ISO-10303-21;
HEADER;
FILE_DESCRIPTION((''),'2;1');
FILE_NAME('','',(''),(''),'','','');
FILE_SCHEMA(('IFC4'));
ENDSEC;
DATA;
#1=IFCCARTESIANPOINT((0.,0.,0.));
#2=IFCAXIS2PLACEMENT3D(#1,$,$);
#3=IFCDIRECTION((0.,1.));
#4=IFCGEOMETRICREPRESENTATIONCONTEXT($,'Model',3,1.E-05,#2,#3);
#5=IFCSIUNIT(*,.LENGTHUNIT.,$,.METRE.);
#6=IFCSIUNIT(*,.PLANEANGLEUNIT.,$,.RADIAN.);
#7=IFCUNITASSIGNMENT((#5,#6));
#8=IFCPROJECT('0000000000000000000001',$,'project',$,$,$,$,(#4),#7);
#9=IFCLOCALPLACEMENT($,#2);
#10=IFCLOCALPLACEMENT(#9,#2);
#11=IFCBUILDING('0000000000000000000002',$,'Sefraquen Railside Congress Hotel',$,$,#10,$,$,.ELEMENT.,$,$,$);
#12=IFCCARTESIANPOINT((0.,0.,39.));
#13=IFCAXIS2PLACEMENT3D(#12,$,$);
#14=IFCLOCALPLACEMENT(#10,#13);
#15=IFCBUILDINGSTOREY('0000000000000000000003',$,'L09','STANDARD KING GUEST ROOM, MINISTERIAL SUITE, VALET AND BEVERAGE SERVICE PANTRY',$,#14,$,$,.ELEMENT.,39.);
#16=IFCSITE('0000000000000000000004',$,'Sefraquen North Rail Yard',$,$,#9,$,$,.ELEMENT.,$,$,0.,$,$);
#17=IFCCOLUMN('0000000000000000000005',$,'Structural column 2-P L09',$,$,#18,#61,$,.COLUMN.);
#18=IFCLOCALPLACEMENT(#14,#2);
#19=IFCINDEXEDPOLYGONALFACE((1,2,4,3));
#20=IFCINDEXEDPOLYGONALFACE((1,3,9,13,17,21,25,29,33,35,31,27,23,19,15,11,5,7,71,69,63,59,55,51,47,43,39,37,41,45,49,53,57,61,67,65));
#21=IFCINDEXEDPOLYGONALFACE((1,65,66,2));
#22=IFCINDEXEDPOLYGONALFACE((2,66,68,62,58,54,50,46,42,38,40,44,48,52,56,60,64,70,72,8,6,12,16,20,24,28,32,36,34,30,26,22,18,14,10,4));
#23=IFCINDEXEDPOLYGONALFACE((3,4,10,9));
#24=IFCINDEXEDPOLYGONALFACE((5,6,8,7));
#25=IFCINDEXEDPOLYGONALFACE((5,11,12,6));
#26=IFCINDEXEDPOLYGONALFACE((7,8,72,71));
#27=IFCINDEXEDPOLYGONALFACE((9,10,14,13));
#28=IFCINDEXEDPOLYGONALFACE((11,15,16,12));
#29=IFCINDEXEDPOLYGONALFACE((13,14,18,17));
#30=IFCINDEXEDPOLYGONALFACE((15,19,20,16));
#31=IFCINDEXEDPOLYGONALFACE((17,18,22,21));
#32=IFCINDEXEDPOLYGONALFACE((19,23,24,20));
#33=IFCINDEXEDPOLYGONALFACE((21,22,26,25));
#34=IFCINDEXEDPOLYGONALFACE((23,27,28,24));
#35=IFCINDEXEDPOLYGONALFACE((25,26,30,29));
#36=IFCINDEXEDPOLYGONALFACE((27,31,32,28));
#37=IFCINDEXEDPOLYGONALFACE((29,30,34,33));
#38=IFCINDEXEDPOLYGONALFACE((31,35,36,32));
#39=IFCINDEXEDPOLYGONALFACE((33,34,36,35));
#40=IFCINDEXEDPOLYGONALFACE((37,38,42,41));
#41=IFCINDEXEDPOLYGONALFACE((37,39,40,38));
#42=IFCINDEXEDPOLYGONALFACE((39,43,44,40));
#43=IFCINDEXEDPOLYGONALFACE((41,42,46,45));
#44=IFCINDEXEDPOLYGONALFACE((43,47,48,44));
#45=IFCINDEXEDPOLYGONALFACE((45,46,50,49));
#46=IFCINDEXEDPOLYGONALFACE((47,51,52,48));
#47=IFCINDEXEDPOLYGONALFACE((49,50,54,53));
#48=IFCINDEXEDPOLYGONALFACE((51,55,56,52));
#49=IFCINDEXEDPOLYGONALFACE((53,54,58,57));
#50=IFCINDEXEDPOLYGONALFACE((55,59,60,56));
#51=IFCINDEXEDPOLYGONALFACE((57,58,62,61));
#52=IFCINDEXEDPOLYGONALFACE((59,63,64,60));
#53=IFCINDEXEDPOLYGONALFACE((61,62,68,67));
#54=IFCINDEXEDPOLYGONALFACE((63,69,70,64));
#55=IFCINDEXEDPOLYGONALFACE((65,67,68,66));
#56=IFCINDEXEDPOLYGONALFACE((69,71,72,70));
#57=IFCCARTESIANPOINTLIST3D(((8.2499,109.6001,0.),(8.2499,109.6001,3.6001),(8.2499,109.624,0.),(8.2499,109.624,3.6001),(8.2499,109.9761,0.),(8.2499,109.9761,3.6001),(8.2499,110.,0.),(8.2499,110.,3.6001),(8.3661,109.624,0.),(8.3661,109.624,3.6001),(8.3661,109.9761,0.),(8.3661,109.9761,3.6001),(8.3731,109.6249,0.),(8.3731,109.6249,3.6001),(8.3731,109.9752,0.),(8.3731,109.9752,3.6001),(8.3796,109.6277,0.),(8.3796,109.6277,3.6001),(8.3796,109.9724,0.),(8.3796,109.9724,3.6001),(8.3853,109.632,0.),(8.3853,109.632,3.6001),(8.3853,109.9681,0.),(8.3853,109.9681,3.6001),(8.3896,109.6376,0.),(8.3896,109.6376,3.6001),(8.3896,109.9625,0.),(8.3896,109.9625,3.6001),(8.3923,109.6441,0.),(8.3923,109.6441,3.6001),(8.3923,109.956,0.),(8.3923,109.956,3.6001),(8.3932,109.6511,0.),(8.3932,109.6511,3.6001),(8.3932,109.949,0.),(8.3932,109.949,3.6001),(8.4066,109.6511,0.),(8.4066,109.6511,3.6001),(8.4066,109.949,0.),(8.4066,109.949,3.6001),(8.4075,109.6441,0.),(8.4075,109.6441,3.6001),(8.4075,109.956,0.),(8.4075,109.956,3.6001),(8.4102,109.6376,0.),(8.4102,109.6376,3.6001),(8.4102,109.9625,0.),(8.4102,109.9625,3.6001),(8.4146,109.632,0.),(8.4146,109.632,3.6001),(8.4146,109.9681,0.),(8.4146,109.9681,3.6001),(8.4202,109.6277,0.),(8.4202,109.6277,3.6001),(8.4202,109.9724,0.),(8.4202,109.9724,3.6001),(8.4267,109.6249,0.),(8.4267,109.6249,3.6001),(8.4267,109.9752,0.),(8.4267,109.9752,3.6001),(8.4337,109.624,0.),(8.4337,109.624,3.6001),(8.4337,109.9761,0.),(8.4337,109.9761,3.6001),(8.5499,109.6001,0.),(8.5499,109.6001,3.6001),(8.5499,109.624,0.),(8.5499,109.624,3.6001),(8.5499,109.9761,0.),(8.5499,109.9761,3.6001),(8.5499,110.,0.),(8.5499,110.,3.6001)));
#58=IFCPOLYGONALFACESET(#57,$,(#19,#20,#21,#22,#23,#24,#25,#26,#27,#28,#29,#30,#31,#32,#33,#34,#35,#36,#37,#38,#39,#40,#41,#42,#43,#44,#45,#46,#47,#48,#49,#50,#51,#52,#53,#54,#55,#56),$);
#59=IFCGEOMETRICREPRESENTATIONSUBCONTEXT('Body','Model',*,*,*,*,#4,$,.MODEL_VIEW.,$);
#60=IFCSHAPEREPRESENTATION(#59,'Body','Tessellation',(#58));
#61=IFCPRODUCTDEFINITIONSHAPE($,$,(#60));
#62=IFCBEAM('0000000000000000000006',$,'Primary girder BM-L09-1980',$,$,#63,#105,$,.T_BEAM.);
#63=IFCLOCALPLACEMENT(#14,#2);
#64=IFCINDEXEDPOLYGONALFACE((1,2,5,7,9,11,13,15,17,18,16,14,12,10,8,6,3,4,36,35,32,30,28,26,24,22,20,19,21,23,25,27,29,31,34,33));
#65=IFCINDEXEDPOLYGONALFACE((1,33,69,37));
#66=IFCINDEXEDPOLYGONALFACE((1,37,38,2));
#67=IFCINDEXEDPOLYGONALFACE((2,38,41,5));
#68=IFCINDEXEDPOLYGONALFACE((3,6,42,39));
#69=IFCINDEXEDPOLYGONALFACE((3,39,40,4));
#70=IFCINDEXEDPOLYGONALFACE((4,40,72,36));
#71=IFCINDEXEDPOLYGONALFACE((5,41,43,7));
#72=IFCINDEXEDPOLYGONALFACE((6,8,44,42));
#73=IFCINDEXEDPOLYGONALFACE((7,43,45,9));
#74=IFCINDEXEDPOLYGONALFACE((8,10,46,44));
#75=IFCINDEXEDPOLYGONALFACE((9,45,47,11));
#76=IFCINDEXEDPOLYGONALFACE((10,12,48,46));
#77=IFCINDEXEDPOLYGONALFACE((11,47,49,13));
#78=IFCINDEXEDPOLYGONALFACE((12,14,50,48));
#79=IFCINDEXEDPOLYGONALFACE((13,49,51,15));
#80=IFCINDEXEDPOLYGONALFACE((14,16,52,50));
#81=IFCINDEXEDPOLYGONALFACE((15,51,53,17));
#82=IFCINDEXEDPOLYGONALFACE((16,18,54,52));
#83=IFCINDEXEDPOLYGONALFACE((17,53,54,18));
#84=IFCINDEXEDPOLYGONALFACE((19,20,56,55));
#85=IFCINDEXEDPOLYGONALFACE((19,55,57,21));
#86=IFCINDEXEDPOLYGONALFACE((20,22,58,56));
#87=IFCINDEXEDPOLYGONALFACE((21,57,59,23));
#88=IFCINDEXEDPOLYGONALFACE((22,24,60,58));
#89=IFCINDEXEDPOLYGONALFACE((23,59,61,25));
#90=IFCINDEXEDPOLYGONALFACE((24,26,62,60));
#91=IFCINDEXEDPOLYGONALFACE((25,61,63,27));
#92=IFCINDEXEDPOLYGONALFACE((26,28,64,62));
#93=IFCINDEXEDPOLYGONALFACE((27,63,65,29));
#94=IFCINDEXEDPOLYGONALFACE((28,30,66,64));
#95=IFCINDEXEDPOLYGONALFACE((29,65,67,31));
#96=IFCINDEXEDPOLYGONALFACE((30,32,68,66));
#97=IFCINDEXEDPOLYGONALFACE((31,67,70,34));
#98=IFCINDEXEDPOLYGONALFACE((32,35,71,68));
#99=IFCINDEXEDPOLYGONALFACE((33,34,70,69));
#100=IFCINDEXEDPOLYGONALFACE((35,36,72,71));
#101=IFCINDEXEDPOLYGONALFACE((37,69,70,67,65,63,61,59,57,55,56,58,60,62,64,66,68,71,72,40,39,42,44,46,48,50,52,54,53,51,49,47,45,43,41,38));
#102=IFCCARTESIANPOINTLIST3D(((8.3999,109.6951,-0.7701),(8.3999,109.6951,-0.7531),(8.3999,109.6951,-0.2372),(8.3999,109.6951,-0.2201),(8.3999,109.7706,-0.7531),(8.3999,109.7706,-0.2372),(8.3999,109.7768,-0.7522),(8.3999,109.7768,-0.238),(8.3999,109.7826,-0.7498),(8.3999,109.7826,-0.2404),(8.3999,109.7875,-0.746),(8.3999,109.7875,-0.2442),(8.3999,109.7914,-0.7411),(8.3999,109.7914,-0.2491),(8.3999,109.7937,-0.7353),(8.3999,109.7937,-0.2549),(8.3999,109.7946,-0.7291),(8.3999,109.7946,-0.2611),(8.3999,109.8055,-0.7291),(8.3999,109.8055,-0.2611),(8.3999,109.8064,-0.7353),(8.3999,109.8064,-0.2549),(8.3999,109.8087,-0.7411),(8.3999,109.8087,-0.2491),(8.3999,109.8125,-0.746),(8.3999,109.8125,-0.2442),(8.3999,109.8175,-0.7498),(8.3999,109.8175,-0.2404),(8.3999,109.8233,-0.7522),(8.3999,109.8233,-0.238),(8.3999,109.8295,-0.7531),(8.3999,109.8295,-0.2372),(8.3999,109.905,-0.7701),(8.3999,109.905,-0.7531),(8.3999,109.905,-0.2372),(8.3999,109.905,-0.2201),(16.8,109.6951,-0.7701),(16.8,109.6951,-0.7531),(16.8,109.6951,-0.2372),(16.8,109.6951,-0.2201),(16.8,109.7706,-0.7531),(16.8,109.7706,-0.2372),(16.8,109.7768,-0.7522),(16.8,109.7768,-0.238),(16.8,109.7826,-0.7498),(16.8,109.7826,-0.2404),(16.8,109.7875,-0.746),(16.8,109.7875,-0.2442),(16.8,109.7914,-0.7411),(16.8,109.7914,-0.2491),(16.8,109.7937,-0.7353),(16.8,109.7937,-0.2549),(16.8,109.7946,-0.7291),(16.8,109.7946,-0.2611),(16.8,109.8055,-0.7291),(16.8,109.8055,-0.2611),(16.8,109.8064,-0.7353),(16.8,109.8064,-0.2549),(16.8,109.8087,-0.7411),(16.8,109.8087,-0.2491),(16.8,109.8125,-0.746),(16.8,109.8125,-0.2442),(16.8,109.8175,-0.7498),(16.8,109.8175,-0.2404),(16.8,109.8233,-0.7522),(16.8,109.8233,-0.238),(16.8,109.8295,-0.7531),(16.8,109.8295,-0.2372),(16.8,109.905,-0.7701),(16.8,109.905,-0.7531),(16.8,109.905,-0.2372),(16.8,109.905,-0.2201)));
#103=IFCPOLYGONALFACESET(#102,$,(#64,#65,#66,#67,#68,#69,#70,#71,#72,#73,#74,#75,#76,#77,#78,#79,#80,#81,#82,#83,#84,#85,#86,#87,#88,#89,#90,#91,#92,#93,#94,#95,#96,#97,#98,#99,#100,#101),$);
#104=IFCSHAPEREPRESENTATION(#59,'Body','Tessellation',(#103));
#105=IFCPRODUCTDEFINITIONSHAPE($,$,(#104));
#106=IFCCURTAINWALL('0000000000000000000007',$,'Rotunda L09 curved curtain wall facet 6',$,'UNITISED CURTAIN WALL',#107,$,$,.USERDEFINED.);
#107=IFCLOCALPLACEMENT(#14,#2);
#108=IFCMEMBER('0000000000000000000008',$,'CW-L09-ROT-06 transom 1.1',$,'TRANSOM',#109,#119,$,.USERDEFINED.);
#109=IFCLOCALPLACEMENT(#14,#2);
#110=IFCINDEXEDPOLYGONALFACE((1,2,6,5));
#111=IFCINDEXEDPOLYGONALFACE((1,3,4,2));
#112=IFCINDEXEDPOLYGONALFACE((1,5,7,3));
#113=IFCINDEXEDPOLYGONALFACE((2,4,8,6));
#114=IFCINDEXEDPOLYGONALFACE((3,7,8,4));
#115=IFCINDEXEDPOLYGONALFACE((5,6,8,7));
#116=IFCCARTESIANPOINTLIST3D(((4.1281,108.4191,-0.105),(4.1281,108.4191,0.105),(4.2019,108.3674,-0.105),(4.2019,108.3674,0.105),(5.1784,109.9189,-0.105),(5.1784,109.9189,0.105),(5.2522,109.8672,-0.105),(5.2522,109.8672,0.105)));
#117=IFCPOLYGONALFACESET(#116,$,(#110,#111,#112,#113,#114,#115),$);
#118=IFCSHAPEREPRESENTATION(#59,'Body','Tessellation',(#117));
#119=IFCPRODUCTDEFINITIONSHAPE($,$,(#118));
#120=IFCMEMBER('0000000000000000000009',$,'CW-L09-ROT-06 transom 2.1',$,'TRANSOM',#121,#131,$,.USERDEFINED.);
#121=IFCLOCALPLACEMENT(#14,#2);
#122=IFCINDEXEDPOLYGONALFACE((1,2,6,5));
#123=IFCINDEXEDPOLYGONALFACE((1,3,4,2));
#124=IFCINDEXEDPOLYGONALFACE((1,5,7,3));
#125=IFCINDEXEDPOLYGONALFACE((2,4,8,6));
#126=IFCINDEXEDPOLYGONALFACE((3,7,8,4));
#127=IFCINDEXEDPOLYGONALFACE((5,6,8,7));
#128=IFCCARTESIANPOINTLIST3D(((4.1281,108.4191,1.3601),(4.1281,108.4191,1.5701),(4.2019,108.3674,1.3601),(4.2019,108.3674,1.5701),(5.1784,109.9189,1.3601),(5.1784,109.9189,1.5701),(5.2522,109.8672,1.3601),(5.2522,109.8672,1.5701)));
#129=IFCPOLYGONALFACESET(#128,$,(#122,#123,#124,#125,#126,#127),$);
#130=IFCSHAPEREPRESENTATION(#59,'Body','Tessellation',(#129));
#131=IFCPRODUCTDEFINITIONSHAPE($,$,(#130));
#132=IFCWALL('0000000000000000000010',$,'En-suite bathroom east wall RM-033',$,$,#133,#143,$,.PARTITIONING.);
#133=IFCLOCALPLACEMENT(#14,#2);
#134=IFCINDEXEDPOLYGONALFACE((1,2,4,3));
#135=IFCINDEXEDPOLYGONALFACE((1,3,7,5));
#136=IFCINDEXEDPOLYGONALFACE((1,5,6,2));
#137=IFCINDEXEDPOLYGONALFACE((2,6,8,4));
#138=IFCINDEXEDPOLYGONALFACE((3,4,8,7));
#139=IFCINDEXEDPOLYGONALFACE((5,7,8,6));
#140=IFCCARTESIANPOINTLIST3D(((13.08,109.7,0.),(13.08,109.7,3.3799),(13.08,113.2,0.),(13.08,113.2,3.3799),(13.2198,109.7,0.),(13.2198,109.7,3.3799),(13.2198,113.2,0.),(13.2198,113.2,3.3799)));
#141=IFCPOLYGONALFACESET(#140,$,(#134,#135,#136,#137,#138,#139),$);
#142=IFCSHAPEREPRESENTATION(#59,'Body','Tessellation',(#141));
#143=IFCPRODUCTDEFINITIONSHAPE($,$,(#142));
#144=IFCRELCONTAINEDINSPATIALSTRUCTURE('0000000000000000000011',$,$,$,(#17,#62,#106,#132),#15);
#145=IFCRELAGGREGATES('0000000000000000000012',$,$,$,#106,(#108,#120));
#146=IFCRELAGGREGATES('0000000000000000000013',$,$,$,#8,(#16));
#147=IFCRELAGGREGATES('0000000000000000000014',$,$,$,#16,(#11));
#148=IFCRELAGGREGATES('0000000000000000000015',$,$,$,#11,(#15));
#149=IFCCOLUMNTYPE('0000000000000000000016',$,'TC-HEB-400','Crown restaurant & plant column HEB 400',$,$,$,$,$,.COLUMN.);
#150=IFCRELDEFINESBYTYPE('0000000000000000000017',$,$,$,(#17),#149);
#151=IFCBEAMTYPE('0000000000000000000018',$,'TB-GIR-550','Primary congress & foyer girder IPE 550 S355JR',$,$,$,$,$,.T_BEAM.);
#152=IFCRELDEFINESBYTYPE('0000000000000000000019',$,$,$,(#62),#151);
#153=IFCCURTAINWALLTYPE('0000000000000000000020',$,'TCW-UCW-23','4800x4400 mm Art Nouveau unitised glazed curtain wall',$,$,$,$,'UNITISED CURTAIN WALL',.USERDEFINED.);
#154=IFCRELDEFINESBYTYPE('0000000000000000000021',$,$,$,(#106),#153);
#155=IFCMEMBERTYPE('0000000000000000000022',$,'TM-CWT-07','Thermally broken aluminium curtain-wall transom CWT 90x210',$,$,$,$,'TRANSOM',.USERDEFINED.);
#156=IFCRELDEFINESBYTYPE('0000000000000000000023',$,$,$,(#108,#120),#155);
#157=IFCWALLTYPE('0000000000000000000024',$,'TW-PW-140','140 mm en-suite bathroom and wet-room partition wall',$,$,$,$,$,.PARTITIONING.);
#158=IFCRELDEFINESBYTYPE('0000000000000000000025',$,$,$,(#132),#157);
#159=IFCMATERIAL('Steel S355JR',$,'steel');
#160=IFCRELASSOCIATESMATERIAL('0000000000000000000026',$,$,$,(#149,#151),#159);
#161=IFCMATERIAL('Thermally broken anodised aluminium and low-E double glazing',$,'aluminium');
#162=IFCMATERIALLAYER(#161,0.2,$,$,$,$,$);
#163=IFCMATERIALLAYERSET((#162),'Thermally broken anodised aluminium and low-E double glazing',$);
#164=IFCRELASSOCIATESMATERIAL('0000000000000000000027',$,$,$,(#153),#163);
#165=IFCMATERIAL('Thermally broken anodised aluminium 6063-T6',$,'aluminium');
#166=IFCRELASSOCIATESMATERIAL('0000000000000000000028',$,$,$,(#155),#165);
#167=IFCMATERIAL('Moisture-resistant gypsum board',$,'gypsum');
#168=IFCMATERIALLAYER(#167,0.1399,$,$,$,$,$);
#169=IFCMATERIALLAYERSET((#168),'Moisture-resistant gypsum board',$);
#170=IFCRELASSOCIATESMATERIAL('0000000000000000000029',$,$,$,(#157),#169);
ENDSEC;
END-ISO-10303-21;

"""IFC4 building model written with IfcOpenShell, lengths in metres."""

from ifc_helpers import new_model, si_unit, direction, frame, frame_2d, origin, origin_2d, place, context, subcontext, project, spatial, rectangle, i_section, extrude, material, layer, layer_set, material_profile, profile_set, type_object, element, aggregate, save


model = new_model("IFC4")

# Units and contexts
model_context = context("Model", 3, precision=1e-05, world=origin(), true_north=direction((0.0, 1.0)))
body_context = subcontext(model_context, "Body", "Model", "MODEL_VIEW")
ifc_project = project(units=[si_unit("LENGTHUNIT", "METRE"), si_unit("PLANEANGLEUNIT", "RADIAN")], contexts=[model_context])

# Site, building, storey
site_placement = place(None, origin())
site = spatial("IfcSite", under=ifc_project, at=site_placement, Name="Sefraquen North Rail Yard", CompositionType="ELEMENT", RefElevation=0.0)
building_placement = place(site_placement, origin())
building = spatial("IfcBuilding", under=site, at=building_placement, Name="Sefraquen Railside Congress Hotel", CompositionType="ELEMENT")
storey_placement = place(building_placement, frame((0.0, 0.0, 39.0)))
storey = spatial("IfcBuildingStorey", under=building, at=storey_placement, Name="L09", Description="STANDARD KING GUEST ROOM, MINISTERIAL SUITE, VALET AND BEVERAGE SERVICE PANTRY", CompositionType="ELEMENT", Elevation=39.0)

# Column
ifc_material_1 = material(Name="Steel S355JR", Category="steel")
ifc_material_profile_1 = material_profile(ifc_material_1, i_section(OverallWidth=0.3, OverallDepth=0.3999, WebThickness=0.0134, FlangeThickness=0.0239, FilletRadius=0.0271, at=origin_2d()), Name="HEB 400")
ifc_profile_set_1 = profile_set([ifc_material_profile_1], Name="Steel S355JR")
column_type = type_object("IfcColumnType", Name="TC-HEB-400", Description="Crown restaurant & plant column HEB 400", PredefinedType="COLUMN", material=ifc_profile_set_1)
column_placement = place(storey_placement, frame((8.3999, 109.8, 0.0), z_axis=(0.0, 0.0, 1.0), x_axis=(1.0, 0.0, 0.0)))
element("IfcColumn", 1, at=column_placement, inside=storey, type_object=column_type, Name="Structural column 2-P L09", PredefinedType="COLUMN", context=body_context, shape_type="SweptSolid", body=[
    extrude(i_section(OverallWidth=0.3, OverallDepth=0.3999, WebThickness=0.0134, FlangeThickness=0.0239, FilletRadius=0.0271, at=origin_2d()), origin(), (0.0, 0.0, 1.0), 3.6001),
])

# Beam
ifc_material_profile_2 = material_profile(ifc_material_1, i_section(OverallWidth=0.21, OverallDepth=0.55, WebThickness=0.011, FlangeThickness=0.0171, FilletRadius=0.0239, at=origin_2d()), Name="IPE 550")
ifc_profile_set_2 = profile_set([ifc_material_profile_2], Name="Steel S355JR")
beam_type = type_object("IfcBeamType", Name="TB-GIR-550", Description="Primary congress & foyer girder IPE 550 S355JR", PredefinedType="T_BEAM", material=ifc_profile_set_2)
beam_placement = place(storey_placement, frame((8.3999, 109.8, -0.4951), z_axis=(1.0, 0.0, 0.0), x_axis=(0.0, 1.0, 0.0)))
element("IfcBeam", 2, at=beam_placement, inside=storey, type_object=beam_type, Name="Primary girder BM-L09-1980", PredefinedType="T_BEAM", context=body_context, shape_type="SweptSolid", body=[
    extrude(i_section(OverallWidth=0.21, OverallDepth=0.55, WebThickness=0.011, FlangeThickness=0.0171, FilletRadius=0.0239, at=origin_2d()), origin(), (0.0, 0.0, 1.0), 8.4001),
])

# Curtain wall, members
ifc_material_2 = material(Name="Thermally broken anodised aluminium and low-E double glazing", Category="aluminium")
ifc_layer_1 = layer(ifc_material_2, 0.2)
ifc_layer_set_1 = layer_set([ifc_layer_1], Name="Thermally broken anodised aluminium and low-E double glazing")
curtain_wall_type = type_object("IfcCurtainWallType", Name="TCW-UCW-23", Description="4800x4400 mm Art Nouveau unitised glazed curtain wall", ElementType="UNITISED CURTAIN WALL", PredefinedType="USERDEFINED", material=ifc_layer_set_1)
curtain_wall_placement = place(storey_placement, origin())
curtain_wall = element("IfcCurtainWall", 3, at=curtain_wall_placement, inside=storey, type_object=curtain_wall_type, Name="Rotunda L09 curved curtain wall facet 6", ObjectType="UNITISED CURTAIN WALL", PredefinedType="USERDEFINED")
ifc_material_3 = material(Name="Thermally broken anodised aluminium 6063-T6", Category="aluminium")
ifc_material_profile_3 = material_profile(ifc_material_3, rectangle(XDim=0.0901, YDim=0.21, at=origin_2d()), Name="CWT 90x210")
ifc_profile_set_3 = profile_set([ifc_material_profile_3], Name="Thermally broken anodised aluminium 6063-T6")
member_type = type_object("IfcMemberType", Name="TM-CWT-07", Description="Thermally broken aluminium curtain-wall transom CWT 90x210", ElementType="TRANSOM", PredefinedType="USERDEFINED", material=ifc_profile_set_3)
member_1_placement = place(storey_placement, frame((5.2153, 109.8931, 0.0), z_axis=(-0.573632, -0.819113, 0.0), x_axis=(0.819113, -0.573632, 0.0)))
member_1 = element("IfcMember", 4, at=member_1_placement, type_object=member_type, Name="CW-L09-ROT-06 transom 1.1", ObjectType="TRANSOM", PredefinedType="USERDEFINED", context=body_context, shape_type="SweptSolid", body=[
    extrude(rectangle(XDim=0.0901, YDim=0.21, at=origin_2d()), origin(), (0.0, 0.0, 1.0), 1.8311),
])
member_2_placement = place(storey_placement, frame((5.2153, 109.8931, 1.4651), z_axis=(-0.573632, -0.819113, 0.0), x_axis=(0.819113, -0.573632, 0.0)))
member_2 = element("IfcMember", 5, at=member_2_placement, type_object=member_type, Name="CW-L09-ROT-06 transom 2.1", ObjectType="TRANSOM", PredefinedType="USERDEFINED", context=body_context, shape_type="SweptSolid", body=[
    extrude(rectangle(XDim=0.0901, YDim=0.21, at=origin_2d()), origin(), (0.0, 0.0, 1.0), 1.8311),
])
aggregate(curtain_wall, [member_1, member_2])

# Wall
ifc_material_4 = material(Name="Moisture-resistant gypsum board", Category="gypsum")
ifc_layer_2 = layer(ifc_material_4, 0.1399)
ifc_layer_set_2 = layer_set([ifc_layer_2], Name="Moisture-resistant gypsum board")
wall_type = type_object("IfcWallType", Name="TW-PW-140", Description="140 mm en-suite bathroom and wet-room partition wall", PredefinedType="PARTITIONING", material=ifc_layer_set_2)
wall_placement = place(storey_placement, frame((13.1499, 109.7, 0.0), z_axis=(0.0, 0.0, 1.0), x_axis=(0.0, 1.0, 0.0)))
element("IfcWall", 6, at=wall_placement, inside=storey, type_object=wall_type, Name="En-suite bathroom east wall RM-033", PredefinedType="PARTITIONING", context=body_context, shape_type="SweptSolid", body=[
    extrude(rectangle(XDim=3.5, YDim=0.1399, at=frame_2d((1.75, 0.0))), origin(), (0.0, 0.0, 1.0), 3.3799),
])

save(model, "model.ifc")
